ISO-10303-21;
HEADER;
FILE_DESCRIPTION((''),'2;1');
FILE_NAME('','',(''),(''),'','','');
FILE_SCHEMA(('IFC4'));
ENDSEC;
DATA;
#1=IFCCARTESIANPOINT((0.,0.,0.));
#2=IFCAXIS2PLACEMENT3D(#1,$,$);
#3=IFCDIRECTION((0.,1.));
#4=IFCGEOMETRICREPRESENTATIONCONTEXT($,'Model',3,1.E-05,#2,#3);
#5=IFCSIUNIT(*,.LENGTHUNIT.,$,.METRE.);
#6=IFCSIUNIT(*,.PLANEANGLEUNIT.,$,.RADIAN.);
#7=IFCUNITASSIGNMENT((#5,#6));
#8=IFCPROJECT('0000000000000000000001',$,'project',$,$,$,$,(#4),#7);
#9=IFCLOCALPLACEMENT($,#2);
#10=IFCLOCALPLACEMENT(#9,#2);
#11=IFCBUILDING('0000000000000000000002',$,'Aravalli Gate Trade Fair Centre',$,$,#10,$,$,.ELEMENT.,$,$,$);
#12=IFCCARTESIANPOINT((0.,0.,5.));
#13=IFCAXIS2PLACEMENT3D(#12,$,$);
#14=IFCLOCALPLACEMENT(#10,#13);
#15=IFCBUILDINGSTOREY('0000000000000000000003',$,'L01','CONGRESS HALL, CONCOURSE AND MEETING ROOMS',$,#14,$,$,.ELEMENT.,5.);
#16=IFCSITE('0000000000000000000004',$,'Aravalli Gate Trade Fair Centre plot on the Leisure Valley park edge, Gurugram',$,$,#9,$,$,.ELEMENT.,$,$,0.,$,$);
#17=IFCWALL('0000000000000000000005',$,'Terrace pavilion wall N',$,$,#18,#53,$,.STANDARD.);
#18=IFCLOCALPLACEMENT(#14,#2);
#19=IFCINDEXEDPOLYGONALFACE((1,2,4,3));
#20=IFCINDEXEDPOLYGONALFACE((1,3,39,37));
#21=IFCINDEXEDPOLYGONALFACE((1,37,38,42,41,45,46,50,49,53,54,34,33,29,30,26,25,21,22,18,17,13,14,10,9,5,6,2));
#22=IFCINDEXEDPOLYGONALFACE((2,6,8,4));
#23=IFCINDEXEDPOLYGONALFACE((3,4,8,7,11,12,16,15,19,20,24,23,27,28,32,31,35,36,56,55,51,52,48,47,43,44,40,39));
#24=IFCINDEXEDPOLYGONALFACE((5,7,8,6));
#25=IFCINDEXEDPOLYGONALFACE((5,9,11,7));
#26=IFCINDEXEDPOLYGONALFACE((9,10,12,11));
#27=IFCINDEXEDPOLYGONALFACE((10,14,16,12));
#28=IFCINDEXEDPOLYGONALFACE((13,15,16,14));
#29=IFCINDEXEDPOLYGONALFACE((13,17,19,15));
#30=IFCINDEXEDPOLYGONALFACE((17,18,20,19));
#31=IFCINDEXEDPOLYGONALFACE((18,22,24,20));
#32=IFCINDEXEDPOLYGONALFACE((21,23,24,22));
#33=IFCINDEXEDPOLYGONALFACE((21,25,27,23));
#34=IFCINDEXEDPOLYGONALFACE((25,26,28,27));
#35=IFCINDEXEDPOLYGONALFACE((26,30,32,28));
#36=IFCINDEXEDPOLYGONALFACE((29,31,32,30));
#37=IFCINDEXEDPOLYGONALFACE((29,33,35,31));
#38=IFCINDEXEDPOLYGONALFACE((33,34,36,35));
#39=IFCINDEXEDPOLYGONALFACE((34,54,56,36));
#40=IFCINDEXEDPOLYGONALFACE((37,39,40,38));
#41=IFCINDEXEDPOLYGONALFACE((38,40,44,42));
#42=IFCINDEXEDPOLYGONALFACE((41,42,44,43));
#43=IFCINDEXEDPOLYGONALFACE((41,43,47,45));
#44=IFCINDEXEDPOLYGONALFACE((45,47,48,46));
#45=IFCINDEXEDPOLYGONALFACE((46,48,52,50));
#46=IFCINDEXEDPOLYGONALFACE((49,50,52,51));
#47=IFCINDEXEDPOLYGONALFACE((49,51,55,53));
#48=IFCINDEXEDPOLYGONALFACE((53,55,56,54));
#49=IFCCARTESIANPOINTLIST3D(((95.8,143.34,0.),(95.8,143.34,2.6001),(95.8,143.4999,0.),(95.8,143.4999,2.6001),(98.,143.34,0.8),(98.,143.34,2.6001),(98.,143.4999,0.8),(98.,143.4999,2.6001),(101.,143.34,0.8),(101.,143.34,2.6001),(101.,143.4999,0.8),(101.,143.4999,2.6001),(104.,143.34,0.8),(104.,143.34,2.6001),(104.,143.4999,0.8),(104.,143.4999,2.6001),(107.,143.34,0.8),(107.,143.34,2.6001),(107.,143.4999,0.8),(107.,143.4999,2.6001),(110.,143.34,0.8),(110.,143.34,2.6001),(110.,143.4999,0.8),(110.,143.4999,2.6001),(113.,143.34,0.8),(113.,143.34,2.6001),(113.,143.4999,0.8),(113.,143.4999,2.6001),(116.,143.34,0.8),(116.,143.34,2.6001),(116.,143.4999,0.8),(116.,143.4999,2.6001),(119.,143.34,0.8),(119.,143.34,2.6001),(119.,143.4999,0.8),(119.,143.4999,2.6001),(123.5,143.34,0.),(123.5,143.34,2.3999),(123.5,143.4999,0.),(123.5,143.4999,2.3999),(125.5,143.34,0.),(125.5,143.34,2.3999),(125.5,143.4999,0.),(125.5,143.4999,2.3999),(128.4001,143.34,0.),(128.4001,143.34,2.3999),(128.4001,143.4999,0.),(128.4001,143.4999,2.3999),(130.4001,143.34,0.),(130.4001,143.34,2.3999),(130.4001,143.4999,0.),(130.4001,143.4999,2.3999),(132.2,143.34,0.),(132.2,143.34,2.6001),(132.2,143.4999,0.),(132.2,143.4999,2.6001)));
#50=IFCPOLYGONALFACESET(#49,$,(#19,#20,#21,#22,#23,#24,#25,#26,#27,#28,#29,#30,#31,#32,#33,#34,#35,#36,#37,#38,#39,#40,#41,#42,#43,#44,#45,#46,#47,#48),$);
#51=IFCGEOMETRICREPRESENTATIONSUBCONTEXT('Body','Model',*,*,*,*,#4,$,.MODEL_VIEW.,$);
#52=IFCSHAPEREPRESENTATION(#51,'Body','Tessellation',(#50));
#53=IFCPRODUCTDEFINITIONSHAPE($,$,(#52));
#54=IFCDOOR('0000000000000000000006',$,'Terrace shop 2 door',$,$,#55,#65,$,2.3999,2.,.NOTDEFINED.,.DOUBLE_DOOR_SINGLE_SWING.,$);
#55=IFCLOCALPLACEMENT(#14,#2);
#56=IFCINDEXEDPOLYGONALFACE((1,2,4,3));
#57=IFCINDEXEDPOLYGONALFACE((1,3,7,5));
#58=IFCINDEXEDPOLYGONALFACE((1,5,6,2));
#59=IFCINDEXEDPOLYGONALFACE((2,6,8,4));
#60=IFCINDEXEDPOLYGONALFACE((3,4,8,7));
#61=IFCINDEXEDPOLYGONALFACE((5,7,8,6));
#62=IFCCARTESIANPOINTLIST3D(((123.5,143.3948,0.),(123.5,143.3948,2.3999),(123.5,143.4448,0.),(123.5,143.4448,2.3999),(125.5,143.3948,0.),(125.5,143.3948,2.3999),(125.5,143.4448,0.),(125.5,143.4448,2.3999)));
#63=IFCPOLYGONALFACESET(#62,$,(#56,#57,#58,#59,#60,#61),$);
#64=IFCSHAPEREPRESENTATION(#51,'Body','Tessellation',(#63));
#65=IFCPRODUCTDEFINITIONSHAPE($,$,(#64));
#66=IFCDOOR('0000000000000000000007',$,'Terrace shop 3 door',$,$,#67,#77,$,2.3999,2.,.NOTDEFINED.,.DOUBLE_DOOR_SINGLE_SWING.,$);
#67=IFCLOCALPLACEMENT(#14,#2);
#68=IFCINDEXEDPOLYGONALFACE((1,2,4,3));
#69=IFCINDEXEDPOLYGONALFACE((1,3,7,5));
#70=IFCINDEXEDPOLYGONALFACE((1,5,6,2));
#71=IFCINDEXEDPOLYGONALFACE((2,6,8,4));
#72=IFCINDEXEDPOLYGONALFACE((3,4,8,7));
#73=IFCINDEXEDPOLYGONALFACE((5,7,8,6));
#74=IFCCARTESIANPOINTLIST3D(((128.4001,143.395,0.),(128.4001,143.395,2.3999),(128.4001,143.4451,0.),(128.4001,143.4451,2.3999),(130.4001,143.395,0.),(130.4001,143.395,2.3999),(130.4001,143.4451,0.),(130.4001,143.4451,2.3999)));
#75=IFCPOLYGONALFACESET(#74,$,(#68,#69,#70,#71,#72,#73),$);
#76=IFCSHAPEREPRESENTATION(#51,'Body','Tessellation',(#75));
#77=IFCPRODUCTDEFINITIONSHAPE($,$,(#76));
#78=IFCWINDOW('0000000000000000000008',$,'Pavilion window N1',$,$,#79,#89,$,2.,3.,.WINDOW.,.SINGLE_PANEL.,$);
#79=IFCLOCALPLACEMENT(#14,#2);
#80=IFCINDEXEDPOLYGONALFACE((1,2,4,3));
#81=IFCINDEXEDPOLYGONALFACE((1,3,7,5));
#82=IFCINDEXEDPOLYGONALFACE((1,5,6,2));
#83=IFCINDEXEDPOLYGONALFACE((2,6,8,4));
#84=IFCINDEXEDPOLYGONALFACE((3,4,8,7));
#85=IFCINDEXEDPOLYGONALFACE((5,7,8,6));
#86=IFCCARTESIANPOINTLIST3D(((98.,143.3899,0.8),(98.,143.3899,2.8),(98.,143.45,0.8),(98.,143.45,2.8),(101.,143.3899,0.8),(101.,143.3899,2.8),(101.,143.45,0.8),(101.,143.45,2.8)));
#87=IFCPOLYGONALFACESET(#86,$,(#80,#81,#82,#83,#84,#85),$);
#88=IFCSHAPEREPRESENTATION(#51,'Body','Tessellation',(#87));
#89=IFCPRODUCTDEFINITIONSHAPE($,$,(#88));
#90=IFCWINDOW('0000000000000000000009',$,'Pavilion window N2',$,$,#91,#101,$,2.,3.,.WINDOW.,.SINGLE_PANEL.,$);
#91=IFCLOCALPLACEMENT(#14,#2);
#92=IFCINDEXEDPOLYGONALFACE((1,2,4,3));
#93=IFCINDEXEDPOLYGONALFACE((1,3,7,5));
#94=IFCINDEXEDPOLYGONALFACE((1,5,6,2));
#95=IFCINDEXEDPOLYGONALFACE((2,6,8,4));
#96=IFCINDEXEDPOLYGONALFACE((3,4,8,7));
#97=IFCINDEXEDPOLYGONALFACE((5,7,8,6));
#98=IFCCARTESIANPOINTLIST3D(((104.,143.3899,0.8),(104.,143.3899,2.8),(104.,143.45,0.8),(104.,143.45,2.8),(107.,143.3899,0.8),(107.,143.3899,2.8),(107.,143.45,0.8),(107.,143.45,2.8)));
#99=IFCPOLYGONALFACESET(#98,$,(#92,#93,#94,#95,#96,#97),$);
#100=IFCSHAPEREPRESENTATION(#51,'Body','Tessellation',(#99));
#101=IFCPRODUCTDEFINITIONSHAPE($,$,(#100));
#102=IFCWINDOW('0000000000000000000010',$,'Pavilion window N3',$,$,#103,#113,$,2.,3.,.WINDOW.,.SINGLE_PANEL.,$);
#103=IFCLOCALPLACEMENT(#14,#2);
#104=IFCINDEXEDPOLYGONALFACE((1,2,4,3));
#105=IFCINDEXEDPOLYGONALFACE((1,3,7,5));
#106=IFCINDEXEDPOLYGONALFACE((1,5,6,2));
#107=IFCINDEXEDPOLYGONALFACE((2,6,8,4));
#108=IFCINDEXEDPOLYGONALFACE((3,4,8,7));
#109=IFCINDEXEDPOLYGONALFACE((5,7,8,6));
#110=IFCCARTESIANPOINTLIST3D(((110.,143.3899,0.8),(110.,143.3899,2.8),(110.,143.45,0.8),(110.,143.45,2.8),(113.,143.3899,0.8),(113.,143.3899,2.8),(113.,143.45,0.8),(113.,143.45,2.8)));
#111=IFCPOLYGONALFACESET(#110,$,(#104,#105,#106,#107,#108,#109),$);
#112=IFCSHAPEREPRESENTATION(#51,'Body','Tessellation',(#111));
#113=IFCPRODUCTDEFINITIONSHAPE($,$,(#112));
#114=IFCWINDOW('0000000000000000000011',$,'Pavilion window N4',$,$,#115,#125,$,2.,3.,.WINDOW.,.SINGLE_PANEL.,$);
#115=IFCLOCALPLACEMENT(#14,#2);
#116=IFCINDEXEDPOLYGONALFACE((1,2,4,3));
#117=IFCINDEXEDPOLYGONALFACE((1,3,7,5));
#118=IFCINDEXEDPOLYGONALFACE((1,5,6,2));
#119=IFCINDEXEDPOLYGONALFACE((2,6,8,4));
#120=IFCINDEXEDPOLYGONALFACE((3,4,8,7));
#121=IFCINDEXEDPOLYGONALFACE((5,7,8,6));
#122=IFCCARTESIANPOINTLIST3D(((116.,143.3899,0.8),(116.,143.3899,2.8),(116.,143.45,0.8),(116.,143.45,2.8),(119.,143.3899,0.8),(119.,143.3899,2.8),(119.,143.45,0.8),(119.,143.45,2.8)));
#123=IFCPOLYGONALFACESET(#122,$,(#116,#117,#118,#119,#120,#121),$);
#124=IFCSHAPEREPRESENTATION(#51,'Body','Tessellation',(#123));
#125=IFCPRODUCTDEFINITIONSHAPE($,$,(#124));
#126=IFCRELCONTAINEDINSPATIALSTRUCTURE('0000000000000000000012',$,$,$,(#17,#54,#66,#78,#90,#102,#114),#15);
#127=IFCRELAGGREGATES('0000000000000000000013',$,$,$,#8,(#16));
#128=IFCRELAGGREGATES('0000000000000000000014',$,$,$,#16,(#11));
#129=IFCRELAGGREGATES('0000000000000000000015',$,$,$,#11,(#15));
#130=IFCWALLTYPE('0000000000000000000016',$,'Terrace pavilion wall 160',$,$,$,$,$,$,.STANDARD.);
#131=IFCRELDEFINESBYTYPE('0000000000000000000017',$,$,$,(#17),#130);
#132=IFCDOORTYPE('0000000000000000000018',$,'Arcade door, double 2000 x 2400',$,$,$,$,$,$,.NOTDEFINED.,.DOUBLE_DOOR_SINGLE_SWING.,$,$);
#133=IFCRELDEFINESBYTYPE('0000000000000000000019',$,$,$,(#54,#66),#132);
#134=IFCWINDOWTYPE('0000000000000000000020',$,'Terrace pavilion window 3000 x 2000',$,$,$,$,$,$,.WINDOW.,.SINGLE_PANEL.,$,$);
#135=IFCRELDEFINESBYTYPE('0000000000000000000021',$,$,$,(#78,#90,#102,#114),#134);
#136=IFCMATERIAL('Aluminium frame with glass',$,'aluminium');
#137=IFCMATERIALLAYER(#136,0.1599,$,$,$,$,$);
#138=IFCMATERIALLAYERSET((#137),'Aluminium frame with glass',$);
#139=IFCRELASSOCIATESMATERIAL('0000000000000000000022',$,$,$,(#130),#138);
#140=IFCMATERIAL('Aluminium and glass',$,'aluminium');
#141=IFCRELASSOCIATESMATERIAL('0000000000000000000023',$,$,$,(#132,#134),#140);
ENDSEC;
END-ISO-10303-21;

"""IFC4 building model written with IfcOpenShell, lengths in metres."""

from ifc_helpers import new_model, si_unit, direction, frame, frame_2d, origin, place, context, subcontext, project, spatial, rectangle, extrude, material, layer, layer_set, type_object, element, fill, save


model = new_model("IFC4")

# Units and contexts
model_context = context("Model", 3, precision=1e-05, world=origin(), true_north=direction((0.0, 1.0)))
body_context = subcontext(model_context, "Body", "Model", "MODEL_VIEW")
ifc_project = project(units=[si_unit("LENGTHUNIT", "METRE"), si_unit("PLANEANGLEUNIT", "RADIAN")], contexts=[model_context])

# Site, building, storey
site_placement = place(None, origin())
site = spatial("IfcSite", under=ifc_project, at=site_placement, Name="Aravalli Gate Trade Fair Centre plot on the Leisure Valley park edge, Gurugram", CompositionType="ELEMENT", RefElevation=0.0)
building_placement = place(site_placement, origin())
building = spatial("IfcBuilding", under=site, at=building_placement, Name="Aravalli Gate Trade Fair Centre", CompositionType="ELEMENT")
storey_placement = place(building_placement, frame((0.0, 0.0, 5.0)))
storey = spatial("IfcBuildingStorey", under=building, at=storey_placement, Name="L01", Description="CONGRESS HALL, CONCOURSE AND MEETING ROOMS", CompositionType="ELEMENT", Elevation=5.0)

# Shared definitions
ifc_material_1 = material(Name="Aluminium and glass", Category="aluminium")

# Wall, openings, doors, windows
ifc_material_2 = material(Name="Aluminium frame with glass", Category="aluminium")
ifc_layer_1 = layer(ifc_material_2, 0.1599)
ifc_layer_set_1 = layer_set([ifc_layer_1], Name="Aluminium frame with glass")
wall_type_1 = type_object("IfcWallType", Name="Terrace pavilion wall 160", PredefinedType="STANDARD", material=ifc_layer_set_1)
door_type = type_object("IfcDoorType", Name="Arcade door, double 2000 x 2400", OperationType="DOUBLE_DOOR_SINGLE_SWING", PredefinedType="NOTDEFINED", material=ifc_material_1)
window_type = type_object("IfcWindowType", Name="Terrace pavilion window 3000 x 2000", PartitioningType="SINGLE_PANEL", PredefinedType="WINDOW", material=ifc_material_1)
wall_1_placement = place(storey_placement, frame((95.8, 143.4199, 0.0), z_axis=(0.0, 0.0, 1.0), x_axis=(1.0, 0.0, 0.0)))
wall_1 = element("IfcWall", 1, at=wall_1_placement, inside=storey, type_object=wall_type_1, Name="Terrace pavilion wall N", PredefinedType="STANDARD", context=body_context, shape_type="SweptSolid", body=[
    extrude(rectangle(XDim=36.3999, YDim=0.1599, at=frame_2d((18.2, 0.0))), origin(), (0.0, 0.0, 1.0), 2.6001),
])
opening_1_placement = place(wall_1_placement, frame((2.2, 0.0, 0.8)))
opening_1 = element("IfcOpeningElement", 2, at=opening_1_placement, cuts=wall_1, PredefinedType="OPENING", context=body_context, shape_type="SweptSolid", body=[
    extrude(rectangle(XDim=3.0, YDim=2.0, at=frame_2d((1.5, 1.0))), frame((0.0, 0.0898, 0.0), z_axis=(0.0, -1.0, 0.0), x_axis=(1.0, 0.0, 0.0)), (0.0, 0.0, 1.0), 0.1799),
])
opening_2_placement = place(wall_1_placement, frame((8.2, 0.0, 0.8)))
opening_2 = element("IfcOpeningElement", 3, at=opening_2_placement, cuts=wall_1, PredefinedType="OPENING", context=body_context, shape_type="SweptSolid", body=[
    extrude(rectangle(XDim=3.0, YDim=2.0, at=frame_2d((1.5, 1.0))), frame((0.0, 0.0898, 0.0), z_axis=(0.0, -1.0, 0.0), x_axis=(1.0, 0.0, 0.0)), (0.0, 0.0, 1.0), 0.1799),
])
opening_3_placement = place(wall_1_placement, frame((14.2, 0.0, 0.8)))
opening_3 = element("IfcOpeningElement", 4, at=opening_3_placement, cuts=wall_1, PredefinedType="OPENING", context=body_context, shape_type="SweptSolid", body=[
    extrude(rectangle(XDim=3.0, YDim=2.0, at=frame_2d((1.5, 1.0))), frame((0.0, 0.0898, 0.0), z_axis=(0.0, -1.0, 0.0), x_axis=(1.0, 0.0, 0.0)), (0.0, 0.0, 1.0), 0.1799),
])
opening_4_placement = place(wall_1_placement, frame((20.2, 0.0, 0.8)))
opening_4 = element("IfcOpeningElement", 5, at=opening_4_placement, cuts=wall_1, PredefinedType="OPENING", context=body_context, shape_type="SweptSolid", body=[
    extrude(rectangle(XDim=3.0, YDim=2.0, at=frame_2d((1.5, 1.0))), frame((0.0, 0.0898, 0.0), z_axis=(0.0, -1.0, 0.0), x_axis=(1.0, 0.0, 0.0)), (0.0, 0.0, 1.0), 0.1799),
])
opening_5_placement = place(wall_1_placement, frame((27.7, 0.0, 0.0)))
opening_5 = element("IfcOpeningElement", 6, at=opening_5_placement, cuts=wall_1, PredefinedType="OPENING", context=body_context, shape_type="SweptSolid", body=[
    extrude(rectangle(XDim=2.0, YDim=2.3999, at=frame_2d((1.0, 1.2))), frame((0.0, 0.0898, 0.0), z_axis=(0.0, -1.0, 0.0), x_axis=(1.0, 0.0, 0.0)), (0.0, 0.0, 1.0), 0.1799),
])
opening_6_placement = place(wall_1_placement, frame((32.6001, 0.0, 0.0)))
opening_6 = element("IfcOpeningElement", 7, at=opening_6_placement, cuts=wall_1, PredefinedType="OPENING", context=body_context, shape_type="SweptSolid", body=[
    extrude(rectangle(XDim=2.0, YDim=2.3999, at=frame_2d((1.0, 1.2))), frame((0.0, 0.0898, 0.0), z_axis=(0.0, -1.0, 0.0), x_axis=(1.0, 0.0, 0.0)), (0.0, 0.0, 1.0), 0.1799),
])
door_1_placement = place(opening_5_placement, origin())
door_1 = element("IfcDoor", 8, at=door_1_placement, inside=storey, type_object=door_type, Name="Terrace shop 2 door", OperationType="DOUBLE_DOOR_SINGLE_SWING", OverallHeight=2.3999, OverallWidth=2.0, PredefinedType="NOTDEFINED", context=body_context, shape_type="SweptSolid", body=[
    extrude(rectangle(XDim=2.0, YDim=2.3999, at=frame_2d((1.0, 1.2))), frame((0.0, 0.0249, 0.0), z_axis=(0.0, -1.0, 0.0), x_axis=(1.0, 0.0, 0.0)), (0.0, 0.0, 1.0), 0.05),
])
fill(opening_5, door_1)
door_2_placement = place(opening_6_placement, frame((2.0, 0.0, 0.0), z_axis=(0.0, 0.0, 1.0), x_axis=(-1.0, 0.0, 0.0)))
door_2 = element("IfcDoor", 9, at=door_2_placement, inside=storey, type_object=door_type, Name="Terrace shop 3 door", OperationType="DOUBLE_DOOR_SINGLE_SWING", OverallHeight=2.3999, OverallWidth=2.0, PredefinedType="NOTDEFINED", context=body_context, shape_type="SweptSolid", body=[
    extrude(rectangle(XDim=2.0, YDim=2.3999, at=frame_2d((1.0, 1.2))), frame((0.0, 0.0249, 0.0), z_axis=(0.0, -1.0, 0.0), x_axis=(1.0, 0.0, 0.0)), (0.0, 0.0, 1.0), 0.05),
])
fill(opening_6, door_2)
window_1_placement = place(opening_1_placement, origin())
window_1 = element("IfcWindow", 10, at=window_1_placement, inside=storey, type_object=window_type, Name="Pavilion window N1", OverallHeight=2.0, OverallWidth=3.0, PartitioningType="SINGLE_PANEL", PredefinedType="WINDOW", context=body_context, shape_type="SweptSolid", body=[
    extrude(rectangle(XDim=3.0, YDim=2.0, at=frame_2d((1.5, 1.0))), frame((0.0, 0.03, 0.0), z_axis=(0.0, -1.0, 0.0), x_axis=(1.0, 0.0, 0.0)), (0.0, 0.0, 1.0), 0.0601),
])
fill(opening_1, window_1)
window_2_placement = place(opening_2_placement, origin())
window_2 = element("IfcWindow", 11, at=window_2_placement, inside=storey, type_object=window_type, Name="Pavilion window N2", OverallHeight=2.0, OverallWidth=3.0, PartitioningType="SINGLE_PANEL", PredefinedType="WINDOW", context=body_context, shape_type="SweptSolid", body=[
    extrude(rectangle(XDim=3.0, YDim=2.0, at=frame_2d((1.5, 1.0))), frame((0.0, 0.03, 0.0), z_axis=(0.0, -1.0, 0.0), x_axis=(1.0, 0.0, 0.0)), (0.0, 0.0, 1.0), 0.0601),
])
fill(opening_2, window_2)
window_3_placement = place(opening_3_placement, origin())
window_3 = element("IfcWindow", 12, at=window_3_placement, inside=storey, type_object=window_type, Name="Pavilion window N3", OverallHeight=2.0, OverallWidth=3.0, PartitioningType="SINGLE_PANEL", PredefinedType="WINDOW", context=body_context, shape_type="SweptSolid", body=[
    extrude(rectangle(XDim=3.0, YDim=2.0, at=frame_2d((1.5, 1.0))), frame((0.0, 0.03, 0.0), z_axis=(0.0, -1.0, 0.0), x_axis=(1.0, 0.0, 0.0)), (0.0, 0.0, 1.0), 0.0601),
])
fill(opening_3, window_3)
window_4_placement = place(opening_4_placement, origin())
window_4 = element("IfcWindow", 13, at=window_4_placement, inside=storey, type_object=window_type, Name="Pavilion window N4", OverallHeight=2.0, OverallWidth=3.0, PartitioningType="SINGLE_PANEL", PredefinedType="WINDOW", context=body_context, shape_type="SweptSolid", body=[
    extrude(rectangle(XDim=3.0, YDim=2.0, at=frame_2d((1.5, 1.0))), frame((0.0, 0.03, 0.0), z_axis=(0.0, -1.0, 0.0), x_axis=(1.0, 0.0, 0.0)), (0.0, 0.0, 1.0), 0.0601),
])
fill(opening_4, window_4)

save(model, "model.ifc")
